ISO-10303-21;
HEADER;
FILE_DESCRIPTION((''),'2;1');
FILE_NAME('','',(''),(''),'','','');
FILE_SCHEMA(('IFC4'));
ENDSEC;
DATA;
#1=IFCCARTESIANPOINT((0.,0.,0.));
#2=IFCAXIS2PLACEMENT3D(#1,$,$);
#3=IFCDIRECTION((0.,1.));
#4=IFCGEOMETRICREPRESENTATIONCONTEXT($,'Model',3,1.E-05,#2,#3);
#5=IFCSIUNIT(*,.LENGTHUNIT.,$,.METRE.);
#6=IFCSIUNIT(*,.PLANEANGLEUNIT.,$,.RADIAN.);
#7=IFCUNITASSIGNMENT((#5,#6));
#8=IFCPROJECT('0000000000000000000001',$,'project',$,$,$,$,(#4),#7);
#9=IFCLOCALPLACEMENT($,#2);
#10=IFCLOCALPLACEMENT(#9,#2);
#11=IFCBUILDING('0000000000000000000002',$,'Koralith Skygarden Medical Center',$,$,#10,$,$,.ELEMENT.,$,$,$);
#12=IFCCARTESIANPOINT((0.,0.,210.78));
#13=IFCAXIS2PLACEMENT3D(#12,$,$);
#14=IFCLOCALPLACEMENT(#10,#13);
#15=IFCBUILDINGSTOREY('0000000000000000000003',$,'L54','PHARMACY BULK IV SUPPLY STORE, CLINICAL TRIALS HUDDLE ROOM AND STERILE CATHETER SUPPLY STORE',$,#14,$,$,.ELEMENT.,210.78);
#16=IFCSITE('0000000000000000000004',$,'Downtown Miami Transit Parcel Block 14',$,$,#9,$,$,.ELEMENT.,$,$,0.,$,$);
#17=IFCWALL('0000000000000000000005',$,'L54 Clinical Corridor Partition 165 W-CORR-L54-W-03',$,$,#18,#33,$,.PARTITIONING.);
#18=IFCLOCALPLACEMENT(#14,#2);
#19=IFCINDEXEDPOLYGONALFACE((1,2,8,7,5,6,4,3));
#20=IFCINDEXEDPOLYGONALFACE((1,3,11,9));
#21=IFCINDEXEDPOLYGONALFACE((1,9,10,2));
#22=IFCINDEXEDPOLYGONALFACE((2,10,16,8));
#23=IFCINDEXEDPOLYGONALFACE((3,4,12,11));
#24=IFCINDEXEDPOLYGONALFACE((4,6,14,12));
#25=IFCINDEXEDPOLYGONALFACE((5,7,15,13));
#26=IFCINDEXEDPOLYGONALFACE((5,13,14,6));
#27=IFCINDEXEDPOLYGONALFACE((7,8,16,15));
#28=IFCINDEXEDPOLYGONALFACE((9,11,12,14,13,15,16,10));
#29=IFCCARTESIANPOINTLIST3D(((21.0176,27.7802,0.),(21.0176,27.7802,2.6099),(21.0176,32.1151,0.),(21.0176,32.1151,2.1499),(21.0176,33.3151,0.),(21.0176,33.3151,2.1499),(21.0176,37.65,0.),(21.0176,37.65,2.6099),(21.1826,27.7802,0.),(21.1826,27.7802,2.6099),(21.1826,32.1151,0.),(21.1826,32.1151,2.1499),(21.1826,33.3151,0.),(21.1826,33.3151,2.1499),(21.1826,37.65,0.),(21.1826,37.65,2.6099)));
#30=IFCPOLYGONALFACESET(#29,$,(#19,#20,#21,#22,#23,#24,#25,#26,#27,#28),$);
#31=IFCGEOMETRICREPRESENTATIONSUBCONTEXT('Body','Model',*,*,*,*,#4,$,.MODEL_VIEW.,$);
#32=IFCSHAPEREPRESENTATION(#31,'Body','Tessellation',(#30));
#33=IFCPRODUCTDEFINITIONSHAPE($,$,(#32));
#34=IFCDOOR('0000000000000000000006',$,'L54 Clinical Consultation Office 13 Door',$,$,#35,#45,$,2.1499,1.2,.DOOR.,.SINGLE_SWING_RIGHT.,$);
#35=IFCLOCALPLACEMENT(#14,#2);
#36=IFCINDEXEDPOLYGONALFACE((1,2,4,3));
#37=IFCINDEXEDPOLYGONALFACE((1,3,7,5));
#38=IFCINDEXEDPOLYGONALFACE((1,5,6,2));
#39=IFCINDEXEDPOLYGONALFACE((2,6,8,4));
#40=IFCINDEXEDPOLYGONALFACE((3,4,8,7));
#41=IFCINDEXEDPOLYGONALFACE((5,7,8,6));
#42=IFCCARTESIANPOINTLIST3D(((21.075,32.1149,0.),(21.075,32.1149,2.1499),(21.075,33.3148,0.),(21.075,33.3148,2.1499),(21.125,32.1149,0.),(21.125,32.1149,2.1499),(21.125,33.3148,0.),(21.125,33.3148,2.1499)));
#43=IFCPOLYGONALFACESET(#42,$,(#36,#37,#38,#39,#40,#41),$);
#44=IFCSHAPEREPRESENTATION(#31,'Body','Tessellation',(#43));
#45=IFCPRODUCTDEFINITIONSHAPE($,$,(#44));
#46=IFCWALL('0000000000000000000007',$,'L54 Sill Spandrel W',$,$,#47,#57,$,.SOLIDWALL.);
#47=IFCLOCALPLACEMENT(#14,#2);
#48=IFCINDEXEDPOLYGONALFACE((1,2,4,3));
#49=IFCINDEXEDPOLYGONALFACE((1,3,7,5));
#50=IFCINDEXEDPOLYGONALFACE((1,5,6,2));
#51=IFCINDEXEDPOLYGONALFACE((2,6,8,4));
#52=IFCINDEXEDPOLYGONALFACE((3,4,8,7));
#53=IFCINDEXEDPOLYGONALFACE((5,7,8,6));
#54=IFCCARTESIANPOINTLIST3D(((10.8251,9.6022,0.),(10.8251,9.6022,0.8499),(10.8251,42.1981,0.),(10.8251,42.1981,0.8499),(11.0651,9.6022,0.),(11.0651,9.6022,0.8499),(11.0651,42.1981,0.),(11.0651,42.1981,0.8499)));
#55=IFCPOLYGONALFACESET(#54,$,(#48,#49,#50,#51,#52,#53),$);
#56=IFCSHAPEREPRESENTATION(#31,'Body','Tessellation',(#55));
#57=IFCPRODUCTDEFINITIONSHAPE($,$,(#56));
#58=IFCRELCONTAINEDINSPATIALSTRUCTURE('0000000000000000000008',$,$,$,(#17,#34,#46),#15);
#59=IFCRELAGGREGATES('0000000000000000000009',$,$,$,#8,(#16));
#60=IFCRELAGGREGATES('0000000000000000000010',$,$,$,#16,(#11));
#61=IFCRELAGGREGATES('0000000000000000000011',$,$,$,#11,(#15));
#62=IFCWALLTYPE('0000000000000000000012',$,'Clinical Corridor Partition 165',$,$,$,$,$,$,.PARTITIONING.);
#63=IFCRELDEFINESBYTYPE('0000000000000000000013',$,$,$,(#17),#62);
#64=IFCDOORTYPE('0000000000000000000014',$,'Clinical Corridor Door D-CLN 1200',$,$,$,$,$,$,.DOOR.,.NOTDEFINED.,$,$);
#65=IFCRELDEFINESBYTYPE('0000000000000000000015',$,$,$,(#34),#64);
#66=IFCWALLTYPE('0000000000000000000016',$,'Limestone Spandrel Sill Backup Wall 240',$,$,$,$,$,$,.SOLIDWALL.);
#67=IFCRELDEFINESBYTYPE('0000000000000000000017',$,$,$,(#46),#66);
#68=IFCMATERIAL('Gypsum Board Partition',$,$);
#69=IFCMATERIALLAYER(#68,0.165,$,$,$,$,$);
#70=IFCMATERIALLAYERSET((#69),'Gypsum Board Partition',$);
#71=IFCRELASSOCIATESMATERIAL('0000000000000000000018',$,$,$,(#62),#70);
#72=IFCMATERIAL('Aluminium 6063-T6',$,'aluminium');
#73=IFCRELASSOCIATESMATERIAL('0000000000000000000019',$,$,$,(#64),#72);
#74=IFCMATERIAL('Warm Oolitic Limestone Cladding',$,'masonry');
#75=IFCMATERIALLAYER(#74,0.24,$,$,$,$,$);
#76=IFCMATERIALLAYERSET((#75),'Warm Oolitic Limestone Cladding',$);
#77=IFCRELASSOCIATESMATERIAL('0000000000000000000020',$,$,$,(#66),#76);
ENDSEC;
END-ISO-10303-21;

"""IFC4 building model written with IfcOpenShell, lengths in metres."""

from ifc_helpers import new_model, si_unit, direction, frame, frame_2d, origin, place, context, subcontext, project, spatial, rectangle, extrude, material, layer, layer_set, type_object, element, fill, save


model = new_model("IFC4")

# Units and contexts
model_context = context("Model", 3, precision=1e-05, world=origin(), true_north=direction((0.0, 1.0)))
body_context = subcontext(model_context, "Body", "Model", "MODEL_VIEW")
ifc_project = project(units=[si_unit("LENGTHUNIT", "METRE"), si_unit("PLANEANGLEUNIT", "RADIAN")], contexts=[model_context])

# Site, building, storey
site_placement = place(None, origin())
site = spatial("IfcSite", under=ifc_project, at=site_placement, Name="Downtown Miami Transit Parcel Block 14", CompositionType="ELEMENT", RefElevation=0.0)
building_placement = place(site_placement, origin())
building = spatial("IfcBuilding", under=site, at=building_placement, Name="Koralith Skygarden Medical Center", CompositionType="ELEMENT")
storey_placement = place(building_placement, frame((0.0, 0.0, 210.78)))
storey = spatial("IfcBuildingStorey", under=building, at=storey_placement, Name="L54", Description="PHARMACY BULK IV SUPPLY STORE, CLINICAL TRIALS HUDDLE ROOM AND STERILE CATHETER SUPPLY STORE", CompositionType="ELEMENT", Elevation=210.78)

# Shared definitions
ifc_material_1 = material(Name="Aluminium 6063-T6", Category="aluminium")

# Shared definitions
ifc_material_2 = material(Name="Gypsum Board Partition")
ifc_layer_1 = layer(ifc_material_2, 0.165)
ifc_layer_set_1 = layer_set([ifc_layer_1], Name="Gypsum Board Partition")
wall_type_1 = type_object("IfcWallType", Name="Clinical Corridor Partition 165", PredefinedType="PARTITIONING", material=ifc_layer_set_1)

# Wall, opening, door
door_type_1 = type_object("IfcDoorType", Name="Clinical Corridor Door D-CLN 1200", OperationType="NOTDEFINED", PredefinedType="DOOR", material=ifc_material_1)
wall_1_placement = place(storey_placement, frame((21.1001, 27.78, 0.0), z_axis=(0.0, 0.0, 1.0), x_axis=(0.0, 1.0, 0.0)))
wall_1 = element("IfcWall", 1, at=wall_1_placement, inside=storey, type_object=wall_type_1, Name="L54 Clinical Corridor Partition 165 W-CORR-L54-W-03", PredefinedType="PARTITIONING", context=body_context, shape_type="SweptSolid", body=[
    extrude(rectangle(XDim=9.8699, YDim=0.165, at=frame_2d((4.9351, 0.0))), origin(), (0.0, 0.0, 1.0), 2.6099),
])
opening_1_placement = place(wall_1_placement, frame((4.335, 0.0, 0.0)))
opening_1 = element("IfcOpeningElement", 2, at=opening_1_placement, cuts=wall_1, PredefinedType="OPENING", context=body_context, shape_type="SweptSolid", body=[
    extrude(rectangle(XDim=1.2, YDim=2.1499, at=frame_2d((0.6001, 1.075))), frame((0.0, 0.0925, 0.0), z_axis=(0.0, -1.0, 0.0), x_axis=(1.0, 0.0, 0.0)), (0.0, 0.0, 1.0), 0.1851),
])
door_1_placement = place(opening_1_placement, frame((1.2, 0.0, 0.0), z_axis=(0.0, 0.0, 1.0), x_axis=(-1.0, 0.0, 0.0)))
door_1 = element("IfcDoor", 3, at=door_1_placement, inside=storey, type_object=door_type_1, Name="L54 Clinical Consultation Office 13 Door", OperationType="SINGLE_SWING_RIGHT", OverallHeight=2.1499, OverallWidth=1.2, PredefinedType="DOOR", context=body_context, shape_type="SweptSolid", body=[
    extrude(rectangle(XDim=1.2, YDim=2.1499, at=frame_2d((0.6001, 1.075))), frame((0.0, 0.0249, 0.0), z_axis=(0.0, -1.0, 0.0), x_axis=(1.0, 0.0, 0.0)), (0.0, 0.0, 1.0), 0.05),
])
fill(opening_1, door_1)

# Wall
ifc_material_3 = material(Name="Warm Oolitic Limestone Cladding", Category="masonry")
ifc_layer_2 = layer(ifc_material_3, 0.24)
ifc_layer_set_2 = layer_set([ifc_layer_2], Name="Warm Oolitic Limestone Cladding")
wall_type_2 = type_object("IfcWallType", Name="Limestone Spandrel Sill Backup Wall 240", PredefinedType="SOLIDWALL", material=ifc_layer_set_2)
wall_2_placement = place(storey_placement, frame((10.9451, 42.198, 0.0), z_axis=(0.0, 0.0, 1.0), x_axis=(0.0, -1.0, 0.0)))
element("IfcWall", 4, at=wall_2_placement, inside=storey, type_object=wall_type_2, Name="L54 Sill Spandrel W", PredefinedType="SOLIDWALL", context=body_context, shape_type="SweptSolid", body=[
    extrude(rectangle(XDim=32.5959, YDim=0.24, at=frame_2d((16.2979, 0.0))), origin(), (0.0, 0.0, 1.0), 0.8499),
])

save(model, "model.ifc")
